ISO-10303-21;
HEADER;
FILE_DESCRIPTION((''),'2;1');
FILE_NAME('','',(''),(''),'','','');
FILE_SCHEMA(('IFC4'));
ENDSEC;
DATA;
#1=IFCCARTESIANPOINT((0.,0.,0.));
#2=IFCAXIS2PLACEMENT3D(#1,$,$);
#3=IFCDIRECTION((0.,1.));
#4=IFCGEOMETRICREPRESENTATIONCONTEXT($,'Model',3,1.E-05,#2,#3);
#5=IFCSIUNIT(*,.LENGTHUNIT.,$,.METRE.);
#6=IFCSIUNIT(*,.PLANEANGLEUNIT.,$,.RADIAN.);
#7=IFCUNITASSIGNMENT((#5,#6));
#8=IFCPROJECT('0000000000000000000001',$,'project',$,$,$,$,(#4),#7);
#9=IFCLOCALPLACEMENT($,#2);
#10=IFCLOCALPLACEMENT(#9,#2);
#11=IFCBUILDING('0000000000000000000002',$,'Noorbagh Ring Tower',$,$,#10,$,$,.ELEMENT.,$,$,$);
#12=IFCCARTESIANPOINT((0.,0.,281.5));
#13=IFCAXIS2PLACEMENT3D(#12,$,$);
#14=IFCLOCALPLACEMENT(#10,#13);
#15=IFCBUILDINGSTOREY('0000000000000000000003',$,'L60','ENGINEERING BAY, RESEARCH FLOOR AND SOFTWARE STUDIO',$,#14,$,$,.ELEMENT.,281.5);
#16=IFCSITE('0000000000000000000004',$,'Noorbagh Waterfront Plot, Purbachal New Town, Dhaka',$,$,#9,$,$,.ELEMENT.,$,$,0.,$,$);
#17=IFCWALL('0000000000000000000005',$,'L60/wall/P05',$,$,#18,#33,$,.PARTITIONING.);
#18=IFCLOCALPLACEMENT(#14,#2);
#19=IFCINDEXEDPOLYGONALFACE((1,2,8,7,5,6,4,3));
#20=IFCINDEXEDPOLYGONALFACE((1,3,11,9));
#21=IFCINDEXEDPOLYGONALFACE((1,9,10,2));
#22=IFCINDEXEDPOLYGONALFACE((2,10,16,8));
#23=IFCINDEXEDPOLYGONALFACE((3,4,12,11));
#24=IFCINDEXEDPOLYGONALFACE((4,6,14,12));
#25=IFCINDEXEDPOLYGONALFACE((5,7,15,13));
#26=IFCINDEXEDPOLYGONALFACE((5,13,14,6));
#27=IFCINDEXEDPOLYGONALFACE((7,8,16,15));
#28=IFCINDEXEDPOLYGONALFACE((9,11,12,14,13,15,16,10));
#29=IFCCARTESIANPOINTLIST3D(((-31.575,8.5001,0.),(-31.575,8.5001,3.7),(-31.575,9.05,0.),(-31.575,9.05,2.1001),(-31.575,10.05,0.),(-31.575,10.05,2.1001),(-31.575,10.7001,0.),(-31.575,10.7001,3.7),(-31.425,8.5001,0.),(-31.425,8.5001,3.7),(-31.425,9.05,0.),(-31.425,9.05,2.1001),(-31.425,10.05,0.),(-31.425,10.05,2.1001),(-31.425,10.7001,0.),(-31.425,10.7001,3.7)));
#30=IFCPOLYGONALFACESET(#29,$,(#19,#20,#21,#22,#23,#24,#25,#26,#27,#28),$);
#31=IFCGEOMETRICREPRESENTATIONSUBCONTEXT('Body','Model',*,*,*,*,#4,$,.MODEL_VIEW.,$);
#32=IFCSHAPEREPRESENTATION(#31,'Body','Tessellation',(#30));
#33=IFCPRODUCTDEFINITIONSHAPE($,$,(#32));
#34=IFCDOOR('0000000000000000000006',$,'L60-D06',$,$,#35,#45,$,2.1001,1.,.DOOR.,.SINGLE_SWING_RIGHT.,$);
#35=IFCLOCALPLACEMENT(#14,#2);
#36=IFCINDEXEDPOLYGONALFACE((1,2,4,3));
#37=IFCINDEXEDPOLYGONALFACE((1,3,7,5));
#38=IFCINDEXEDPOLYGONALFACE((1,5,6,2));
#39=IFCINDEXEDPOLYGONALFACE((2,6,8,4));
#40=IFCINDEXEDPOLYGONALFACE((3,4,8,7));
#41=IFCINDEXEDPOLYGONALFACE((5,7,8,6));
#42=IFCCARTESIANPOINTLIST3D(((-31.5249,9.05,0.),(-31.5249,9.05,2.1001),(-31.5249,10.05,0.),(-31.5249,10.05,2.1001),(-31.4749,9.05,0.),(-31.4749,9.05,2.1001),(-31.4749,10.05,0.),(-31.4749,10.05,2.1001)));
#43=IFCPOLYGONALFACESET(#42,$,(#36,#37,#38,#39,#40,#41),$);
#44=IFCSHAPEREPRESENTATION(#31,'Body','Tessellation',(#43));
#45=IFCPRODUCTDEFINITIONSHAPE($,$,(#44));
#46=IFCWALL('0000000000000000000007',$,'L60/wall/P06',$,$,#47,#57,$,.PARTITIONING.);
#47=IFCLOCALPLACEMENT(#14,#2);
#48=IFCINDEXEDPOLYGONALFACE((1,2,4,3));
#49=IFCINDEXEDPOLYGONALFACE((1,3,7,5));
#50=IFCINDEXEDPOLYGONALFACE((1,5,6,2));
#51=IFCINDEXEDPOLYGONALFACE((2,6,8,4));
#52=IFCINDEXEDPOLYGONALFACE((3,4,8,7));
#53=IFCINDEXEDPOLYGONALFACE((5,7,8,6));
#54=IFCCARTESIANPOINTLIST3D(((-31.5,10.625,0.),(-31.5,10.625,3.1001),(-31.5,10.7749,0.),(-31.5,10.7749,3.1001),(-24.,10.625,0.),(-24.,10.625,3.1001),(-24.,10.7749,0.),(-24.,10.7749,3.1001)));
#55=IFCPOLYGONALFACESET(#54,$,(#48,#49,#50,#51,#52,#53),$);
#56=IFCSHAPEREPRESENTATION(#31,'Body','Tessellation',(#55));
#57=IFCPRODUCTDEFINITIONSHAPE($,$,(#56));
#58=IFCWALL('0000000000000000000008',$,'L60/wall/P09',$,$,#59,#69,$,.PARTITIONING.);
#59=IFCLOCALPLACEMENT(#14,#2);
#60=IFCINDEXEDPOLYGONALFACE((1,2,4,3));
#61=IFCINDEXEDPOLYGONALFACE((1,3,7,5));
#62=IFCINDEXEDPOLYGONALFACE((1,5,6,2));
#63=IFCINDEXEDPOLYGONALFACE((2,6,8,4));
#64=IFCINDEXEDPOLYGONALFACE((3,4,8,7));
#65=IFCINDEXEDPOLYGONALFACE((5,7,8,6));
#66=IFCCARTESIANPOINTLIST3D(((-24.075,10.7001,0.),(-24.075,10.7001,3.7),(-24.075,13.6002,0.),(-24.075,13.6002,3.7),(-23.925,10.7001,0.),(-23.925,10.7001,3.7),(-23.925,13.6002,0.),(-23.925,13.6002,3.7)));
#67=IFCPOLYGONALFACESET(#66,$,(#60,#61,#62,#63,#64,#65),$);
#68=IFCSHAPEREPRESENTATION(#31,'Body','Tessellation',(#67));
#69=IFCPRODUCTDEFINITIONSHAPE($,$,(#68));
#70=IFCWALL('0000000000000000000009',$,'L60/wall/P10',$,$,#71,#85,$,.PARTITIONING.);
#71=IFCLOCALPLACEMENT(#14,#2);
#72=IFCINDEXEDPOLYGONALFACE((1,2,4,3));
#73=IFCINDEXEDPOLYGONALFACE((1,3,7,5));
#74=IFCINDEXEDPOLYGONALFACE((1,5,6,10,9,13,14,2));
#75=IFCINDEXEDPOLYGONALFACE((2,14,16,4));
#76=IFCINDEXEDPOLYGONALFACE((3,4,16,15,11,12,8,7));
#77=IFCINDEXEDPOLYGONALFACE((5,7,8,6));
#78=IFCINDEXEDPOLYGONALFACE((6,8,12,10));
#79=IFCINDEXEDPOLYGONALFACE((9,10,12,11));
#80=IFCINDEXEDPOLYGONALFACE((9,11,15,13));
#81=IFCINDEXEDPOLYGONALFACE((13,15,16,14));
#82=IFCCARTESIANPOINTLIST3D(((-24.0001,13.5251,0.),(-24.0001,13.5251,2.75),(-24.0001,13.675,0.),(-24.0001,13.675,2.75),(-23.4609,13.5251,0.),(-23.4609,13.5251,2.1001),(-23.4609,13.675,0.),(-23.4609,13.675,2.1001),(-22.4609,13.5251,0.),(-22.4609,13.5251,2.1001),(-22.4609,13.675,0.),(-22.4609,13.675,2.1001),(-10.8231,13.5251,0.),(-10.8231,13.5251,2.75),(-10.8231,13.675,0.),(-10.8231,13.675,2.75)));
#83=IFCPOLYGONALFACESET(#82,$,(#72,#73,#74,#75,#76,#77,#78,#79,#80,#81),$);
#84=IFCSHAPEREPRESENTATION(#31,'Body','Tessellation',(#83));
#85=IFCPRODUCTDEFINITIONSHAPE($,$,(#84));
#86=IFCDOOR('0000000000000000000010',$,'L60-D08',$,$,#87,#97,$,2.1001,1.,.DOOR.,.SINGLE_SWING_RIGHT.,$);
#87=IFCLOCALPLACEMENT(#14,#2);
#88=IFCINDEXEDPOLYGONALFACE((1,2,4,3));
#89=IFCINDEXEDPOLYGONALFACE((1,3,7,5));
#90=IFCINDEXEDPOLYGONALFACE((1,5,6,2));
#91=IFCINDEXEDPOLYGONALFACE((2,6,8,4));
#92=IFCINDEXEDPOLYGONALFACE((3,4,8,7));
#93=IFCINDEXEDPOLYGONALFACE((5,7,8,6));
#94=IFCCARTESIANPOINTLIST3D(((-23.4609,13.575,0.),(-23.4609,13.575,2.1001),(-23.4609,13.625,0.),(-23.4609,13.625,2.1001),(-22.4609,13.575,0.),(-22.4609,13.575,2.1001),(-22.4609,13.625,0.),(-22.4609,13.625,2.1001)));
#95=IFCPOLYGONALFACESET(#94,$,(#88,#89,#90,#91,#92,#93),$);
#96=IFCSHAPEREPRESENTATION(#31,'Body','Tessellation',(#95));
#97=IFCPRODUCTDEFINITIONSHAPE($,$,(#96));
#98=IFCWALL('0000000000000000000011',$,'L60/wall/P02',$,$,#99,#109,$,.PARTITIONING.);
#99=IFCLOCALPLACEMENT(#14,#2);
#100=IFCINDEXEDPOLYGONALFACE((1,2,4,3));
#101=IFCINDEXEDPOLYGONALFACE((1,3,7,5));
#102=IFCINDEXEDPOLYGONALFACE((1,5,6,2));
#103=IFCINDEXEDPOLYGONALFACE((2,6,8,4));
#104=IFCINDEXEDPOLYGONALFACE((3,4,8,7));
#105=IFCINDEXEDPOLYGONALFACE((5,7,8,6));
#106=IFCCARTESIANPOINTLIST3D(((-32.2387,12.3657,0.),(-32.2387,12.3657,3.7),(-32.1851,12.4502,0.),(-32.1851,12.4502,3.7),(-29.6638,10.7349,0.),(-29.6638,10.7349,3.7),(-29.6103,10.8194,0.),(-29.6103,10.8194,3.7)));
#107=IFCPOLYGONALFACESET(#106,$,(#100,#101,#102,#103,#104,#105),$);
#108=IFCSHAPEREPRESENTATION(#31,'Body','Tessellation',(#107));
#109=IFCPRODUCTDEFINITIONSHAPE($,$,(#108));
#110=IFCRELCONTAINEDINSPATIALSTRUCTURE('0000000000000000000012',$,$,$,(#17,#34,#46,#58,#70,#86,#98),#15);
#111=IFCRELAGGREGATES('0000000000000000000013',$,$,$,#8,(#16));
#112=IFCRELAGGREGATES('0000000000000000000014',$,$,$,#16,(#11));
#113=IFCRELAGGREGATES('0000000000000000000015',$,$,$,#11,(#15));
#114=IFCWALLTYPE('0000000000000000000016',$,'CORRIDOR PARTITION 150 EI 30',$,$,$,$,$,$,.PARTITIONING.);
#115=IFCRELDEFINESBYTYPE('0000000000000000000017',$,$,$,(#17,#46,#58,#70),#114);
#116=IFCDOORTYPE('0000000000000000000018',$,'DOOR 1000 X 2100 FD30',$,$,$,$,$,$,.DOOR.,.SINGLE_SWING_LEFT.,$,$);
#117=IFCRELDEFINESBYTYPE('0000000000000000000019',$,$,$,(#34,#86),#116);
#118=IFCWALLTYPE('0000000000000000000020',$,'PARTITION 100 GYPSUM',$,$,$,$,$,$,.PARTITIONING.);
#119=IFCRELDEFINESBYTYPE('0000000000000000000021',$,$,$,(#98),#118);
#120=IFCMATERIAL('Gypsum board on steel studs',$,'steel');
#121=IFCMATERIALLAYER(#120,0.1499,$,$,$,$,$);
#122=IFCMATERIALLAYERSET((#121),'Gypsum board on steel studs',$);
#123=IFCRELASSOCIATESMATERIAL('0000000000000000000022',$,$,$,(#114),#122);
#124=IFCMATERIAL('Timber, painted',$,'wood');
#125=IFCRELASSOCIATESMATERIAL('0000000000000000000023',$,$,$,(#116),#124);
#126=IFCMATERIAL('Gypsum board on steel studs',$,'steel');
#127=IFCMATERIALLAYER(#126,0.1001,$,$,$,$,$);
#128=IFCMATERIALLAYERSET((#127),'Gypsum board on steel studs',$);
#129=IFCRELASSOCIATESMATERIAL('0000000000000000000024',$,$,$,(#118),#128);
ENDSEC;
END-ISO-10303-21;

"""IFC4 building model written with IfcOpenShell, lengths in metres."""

from ifc_helpers import new_model, si_unit, direction, frame, frame_2d, origin, place, context, subcontext, project, spatial, rectangle, extrude, material, layer, layer_set, type_object, element, fill, save


model = new_model("IFC4")

# Units and contexts
model_context = context("Model", 3, precision=1e-05, world=origin(), true_north=direction((0.0, 1.0)))
body_context = subcontext(model_context, "Body", "Model", "MODEL_VIEW")
ifc_project = project(units=[si_unit("LENGTHUNIT", "METRE"), si_unit("PLANEANGLEUNIT", "RADIAN")], contexts=[model_context])

# Site, building, storey
site_placement = place(None, origin())
site = spatial("IfcSite", under=ifc_project, at=site_placement, Name="Noorbagh Waterfront Plot, Purbachal New Town, Dhaka", CompositionType="ELEMENT", RefElevation=0.0)
building_placement = place(site_placement, origin())
building = spatial("IfcBuilding", under=site, at=building_placement, Name="Noorbagh Ring Tower", CompositionType="ELEMENT")
storey_placement = place(building_placement, frame((0.0, 0.0, 281.5)))
storey = spatial("IfcBuildingStorey", under=building, at=storey_placement, Name="L60", Description="ENGINEERING BAY, RESEARCH FLOOR AND SOFTWARE STUDIO", CompositionType="ELEMENT", Elevation=281.5)

# Wall, opening, door
ifc_material_1 = material(Name="Gypsum board on steel studs", Category="steel")
ifc_layer_1 = layer(ifc_material_1, 0.1499)
ifc_layer_set_1 = layer_set([ifc_layer_1], Name="Gypsum board on steel studs")
wall_type_1 = type_object("IfcWallType", Name="CORRIDOR PARTITION 150 EI 30", PredefinedType="PARTITIONING", material=ifc_layer_set_1)
wall_1_placement = place(storey_placement, frame((-31.5, 8.5, 0.0), z_axis=(0.0, 0.0, 1.0), x_axis=(0.0, 1.0, 0.0)))
wall_1 = element("IfcWall", 1, at=wall_1_placement, inside=storey, type_object=wall_type_1, Name="L60/wall/P05", PredefinedType="PARTITIONING", context=body_context, shape_type="SweptSolid", body=[
    extrude(rectangle(XDim=2.2, YDim=0.1499, at=frame_2d((1.1001, 0.0))), origin(), (0.0, 0.0, 1.0), 3.7),
])
opening_1_placement = place(wall_1_placement, frame((0.55, 0.0, 0.0)))
opening_1 = element("IfcOpeningElement", 2, at=opening_1_placement, cuts=wall_1, PredefinedType="OPENING", context=body_context, shape_type="SweptSolid", body=[
    extrude(rectangle(XDim=1.0, YDim=2.1001, at=frame_2d((0.5, 1.05))), frame((0.0, 0.085, 0.0), z_axis=(0.0, -1.0, 0.0), x_axis=(1.0, 0.0, 0.0)), (0.0, 0.0, 1.0), 0.1699),
])
ifc_material_2 = material(Name="Timber, painted", Category="wood")
door_type = type_object("IfcDoorType", Name="DOOR 1000 X 2100 FD30", OperationType="SINGLE_SWING_LEFT", PredefinedType="DOOR", material=ifc_material_2)
door_1_placement = place(opening_1_placement, origin())
door_1 = element("IfcDoor", 3, at=door_1_placement, inside=storey, type_object=door_type, Name="L60-D06", OperationType="SINGLE_SWING_RIGHT", OverallHeight=2.1001, OverallWidth=1.0, PredefinedType="DOOR", context=body_context, shape_type="SweptSolid", body=[
    extrude(rectangle(XDim=1.0, YDim=2.1001, at=frame_2d((0.5, 1.05))), frame((0.0, 0.0249, 0.0), z_axis=(0.0, -1.0, 0.0), x_axis=(1.0, 0.0, 0.0)), (0.0, 0.0, 1.0), 0.05),
])
fill(opening_1, door_1)

# Walls
wall_2_placement = place(storey_placement, frame((-31.5, 10.7, 0.0), z_axis=(0.0, 0.0, 1.0), x_axis=(1.0, 0.0, 0.0)))
element("IfcWall", 4, at=wall_2_placement, inside=storey, type_object=wall_type_1, Name="L60/wall/P06", PredefinedType="PARTITIONING", context=body_context, shape_type="SweptSolid", body=[
    extrude(rectangle(XDim=7.5, YDim=0.1499, at=frame_2d((3.75, 0.0))), origin(), (0.0, 0.0, 1.0), 3.1001),
])
wall_3_placement = place(storey_placement, frame((-24.0, 10.7, 0.0), z_axis=(0.0, 0.0, 1.0), x_axis=(0.0, 1.0, 0.0)))
element("IfcWall", 5, at=wall_3_placement, inside=storey, type_object=wall_type_1, Name="L60/wall/P09", PredefinedType="PARTITIONING", context=body_context, shape_type="SweptSolid", body=[
    extrude(rectangle(XDim=2.9001, YDim=0.1499, at=frame_2d((1.4502, 0.0))), origin(), (0.0, 0.0, 1.0), 3.7),
])

# Wall, opening, door
wall_4_placement = place(storey_placement, frame((-24.0, 13.6001, 0.0), z_axis=(0.0, 0.0, 1.0), x_axis=(1.0, 0.0, 0.0)))
wall_4 = element("IfcWall", 6, at=wall_4_placement, inside=storey, type_object=wall_type_1, Name="L60/wall/P10", PredefinedType="PARTITIONING", context=body_context, shape_type="SweptSolid", body=[
    extrude(rectangle(XDim=13.177, YDim=0.1499, at=frame_2d((6.5884, 0.0))), origin(), (0.0, 0.0, 1.0), 2.75),
])
opening_2_placement = place(wall_4_placement, frame((0.5391, 0.0, 0.0)))
opening_2 = element("IfcOpeningElement", 7, at=opening_2_placement, cuts=wall_4, PredefinedType="OPENING", context=body_context, shape_type="SweptSolid", body=[
    extrude(rectangle(XDim=1.0, YDim=2.1001, at=frame_2d((0.5, 1.05))), frame((0.0, 0.085, 0.0), z_axis=(0.0, -1.0, 0.0), x_axis=(1.0, 0.0, 0.0)), (0.0, 0.0, 1.0), 0.1699),
])
door_2_placement = place(opening_2_placement, origin())
door_2 = element("IfcDoor", 8, at=door_2_placement, inside=storey, type_object=door_type, Name="L60-D08", OperationType="SINGLE_SWING_RIGHT", OverallHeight=2.1001, OverallWidth=1.0, PredefinedType="DOOR", context=body_context, shape_type="SweptSolid", body=[
    extrude(rectangle(XDim=1.0, YDim=2.1001, at=frame_2d((0.5, 1.05))), frame((0.0, 0.0249, 0.0), z_axis=(0.0, -1.0, 0.0), x_axis=(1.0, 0.0, 0.0)), (0.0, 0.0, 1.0), 0.05),
])
fill(opening_2, door_2)

# Wall
ifc_material_3 = material(Name="Gypsum board on steel studs", Category="steel")
ifc_layer_2 = layer(ifc_material_3, 0.1001)
ifc_layer_set_2 = layer_set([ifc_layer_2], Name="Gypsum board on steel studs")
wall_type_2 = type_object("IfcWallType", Name="PARTITION 100 GYPSUM", PredefinedType="PARTITIONING", material=ifc_layer_set_2)
wall_5_placement = place(storey_placement, frame((-32.2119, 12.408, 0.0), z_axis=(0.0, 0.0, 1.0), x_axis=(0.844811, -0.535065, 0.0)))
element("IfcWall", 9, at=wall_5_placement, inside=storey, type_object=wall_type_2, Name="L60/wall/P02", PredefinedType="PARTITIONING", context=body_context, shape_type="SweptSolid", body=[
    extrude(rectangle(XDim=3.0479, YDim=0.1001, at=frame_2d((1.5239, 0.0))), origin(), (0.0, 0.0, 1.0), 3.7),
])

save(model, "model.ifc")
